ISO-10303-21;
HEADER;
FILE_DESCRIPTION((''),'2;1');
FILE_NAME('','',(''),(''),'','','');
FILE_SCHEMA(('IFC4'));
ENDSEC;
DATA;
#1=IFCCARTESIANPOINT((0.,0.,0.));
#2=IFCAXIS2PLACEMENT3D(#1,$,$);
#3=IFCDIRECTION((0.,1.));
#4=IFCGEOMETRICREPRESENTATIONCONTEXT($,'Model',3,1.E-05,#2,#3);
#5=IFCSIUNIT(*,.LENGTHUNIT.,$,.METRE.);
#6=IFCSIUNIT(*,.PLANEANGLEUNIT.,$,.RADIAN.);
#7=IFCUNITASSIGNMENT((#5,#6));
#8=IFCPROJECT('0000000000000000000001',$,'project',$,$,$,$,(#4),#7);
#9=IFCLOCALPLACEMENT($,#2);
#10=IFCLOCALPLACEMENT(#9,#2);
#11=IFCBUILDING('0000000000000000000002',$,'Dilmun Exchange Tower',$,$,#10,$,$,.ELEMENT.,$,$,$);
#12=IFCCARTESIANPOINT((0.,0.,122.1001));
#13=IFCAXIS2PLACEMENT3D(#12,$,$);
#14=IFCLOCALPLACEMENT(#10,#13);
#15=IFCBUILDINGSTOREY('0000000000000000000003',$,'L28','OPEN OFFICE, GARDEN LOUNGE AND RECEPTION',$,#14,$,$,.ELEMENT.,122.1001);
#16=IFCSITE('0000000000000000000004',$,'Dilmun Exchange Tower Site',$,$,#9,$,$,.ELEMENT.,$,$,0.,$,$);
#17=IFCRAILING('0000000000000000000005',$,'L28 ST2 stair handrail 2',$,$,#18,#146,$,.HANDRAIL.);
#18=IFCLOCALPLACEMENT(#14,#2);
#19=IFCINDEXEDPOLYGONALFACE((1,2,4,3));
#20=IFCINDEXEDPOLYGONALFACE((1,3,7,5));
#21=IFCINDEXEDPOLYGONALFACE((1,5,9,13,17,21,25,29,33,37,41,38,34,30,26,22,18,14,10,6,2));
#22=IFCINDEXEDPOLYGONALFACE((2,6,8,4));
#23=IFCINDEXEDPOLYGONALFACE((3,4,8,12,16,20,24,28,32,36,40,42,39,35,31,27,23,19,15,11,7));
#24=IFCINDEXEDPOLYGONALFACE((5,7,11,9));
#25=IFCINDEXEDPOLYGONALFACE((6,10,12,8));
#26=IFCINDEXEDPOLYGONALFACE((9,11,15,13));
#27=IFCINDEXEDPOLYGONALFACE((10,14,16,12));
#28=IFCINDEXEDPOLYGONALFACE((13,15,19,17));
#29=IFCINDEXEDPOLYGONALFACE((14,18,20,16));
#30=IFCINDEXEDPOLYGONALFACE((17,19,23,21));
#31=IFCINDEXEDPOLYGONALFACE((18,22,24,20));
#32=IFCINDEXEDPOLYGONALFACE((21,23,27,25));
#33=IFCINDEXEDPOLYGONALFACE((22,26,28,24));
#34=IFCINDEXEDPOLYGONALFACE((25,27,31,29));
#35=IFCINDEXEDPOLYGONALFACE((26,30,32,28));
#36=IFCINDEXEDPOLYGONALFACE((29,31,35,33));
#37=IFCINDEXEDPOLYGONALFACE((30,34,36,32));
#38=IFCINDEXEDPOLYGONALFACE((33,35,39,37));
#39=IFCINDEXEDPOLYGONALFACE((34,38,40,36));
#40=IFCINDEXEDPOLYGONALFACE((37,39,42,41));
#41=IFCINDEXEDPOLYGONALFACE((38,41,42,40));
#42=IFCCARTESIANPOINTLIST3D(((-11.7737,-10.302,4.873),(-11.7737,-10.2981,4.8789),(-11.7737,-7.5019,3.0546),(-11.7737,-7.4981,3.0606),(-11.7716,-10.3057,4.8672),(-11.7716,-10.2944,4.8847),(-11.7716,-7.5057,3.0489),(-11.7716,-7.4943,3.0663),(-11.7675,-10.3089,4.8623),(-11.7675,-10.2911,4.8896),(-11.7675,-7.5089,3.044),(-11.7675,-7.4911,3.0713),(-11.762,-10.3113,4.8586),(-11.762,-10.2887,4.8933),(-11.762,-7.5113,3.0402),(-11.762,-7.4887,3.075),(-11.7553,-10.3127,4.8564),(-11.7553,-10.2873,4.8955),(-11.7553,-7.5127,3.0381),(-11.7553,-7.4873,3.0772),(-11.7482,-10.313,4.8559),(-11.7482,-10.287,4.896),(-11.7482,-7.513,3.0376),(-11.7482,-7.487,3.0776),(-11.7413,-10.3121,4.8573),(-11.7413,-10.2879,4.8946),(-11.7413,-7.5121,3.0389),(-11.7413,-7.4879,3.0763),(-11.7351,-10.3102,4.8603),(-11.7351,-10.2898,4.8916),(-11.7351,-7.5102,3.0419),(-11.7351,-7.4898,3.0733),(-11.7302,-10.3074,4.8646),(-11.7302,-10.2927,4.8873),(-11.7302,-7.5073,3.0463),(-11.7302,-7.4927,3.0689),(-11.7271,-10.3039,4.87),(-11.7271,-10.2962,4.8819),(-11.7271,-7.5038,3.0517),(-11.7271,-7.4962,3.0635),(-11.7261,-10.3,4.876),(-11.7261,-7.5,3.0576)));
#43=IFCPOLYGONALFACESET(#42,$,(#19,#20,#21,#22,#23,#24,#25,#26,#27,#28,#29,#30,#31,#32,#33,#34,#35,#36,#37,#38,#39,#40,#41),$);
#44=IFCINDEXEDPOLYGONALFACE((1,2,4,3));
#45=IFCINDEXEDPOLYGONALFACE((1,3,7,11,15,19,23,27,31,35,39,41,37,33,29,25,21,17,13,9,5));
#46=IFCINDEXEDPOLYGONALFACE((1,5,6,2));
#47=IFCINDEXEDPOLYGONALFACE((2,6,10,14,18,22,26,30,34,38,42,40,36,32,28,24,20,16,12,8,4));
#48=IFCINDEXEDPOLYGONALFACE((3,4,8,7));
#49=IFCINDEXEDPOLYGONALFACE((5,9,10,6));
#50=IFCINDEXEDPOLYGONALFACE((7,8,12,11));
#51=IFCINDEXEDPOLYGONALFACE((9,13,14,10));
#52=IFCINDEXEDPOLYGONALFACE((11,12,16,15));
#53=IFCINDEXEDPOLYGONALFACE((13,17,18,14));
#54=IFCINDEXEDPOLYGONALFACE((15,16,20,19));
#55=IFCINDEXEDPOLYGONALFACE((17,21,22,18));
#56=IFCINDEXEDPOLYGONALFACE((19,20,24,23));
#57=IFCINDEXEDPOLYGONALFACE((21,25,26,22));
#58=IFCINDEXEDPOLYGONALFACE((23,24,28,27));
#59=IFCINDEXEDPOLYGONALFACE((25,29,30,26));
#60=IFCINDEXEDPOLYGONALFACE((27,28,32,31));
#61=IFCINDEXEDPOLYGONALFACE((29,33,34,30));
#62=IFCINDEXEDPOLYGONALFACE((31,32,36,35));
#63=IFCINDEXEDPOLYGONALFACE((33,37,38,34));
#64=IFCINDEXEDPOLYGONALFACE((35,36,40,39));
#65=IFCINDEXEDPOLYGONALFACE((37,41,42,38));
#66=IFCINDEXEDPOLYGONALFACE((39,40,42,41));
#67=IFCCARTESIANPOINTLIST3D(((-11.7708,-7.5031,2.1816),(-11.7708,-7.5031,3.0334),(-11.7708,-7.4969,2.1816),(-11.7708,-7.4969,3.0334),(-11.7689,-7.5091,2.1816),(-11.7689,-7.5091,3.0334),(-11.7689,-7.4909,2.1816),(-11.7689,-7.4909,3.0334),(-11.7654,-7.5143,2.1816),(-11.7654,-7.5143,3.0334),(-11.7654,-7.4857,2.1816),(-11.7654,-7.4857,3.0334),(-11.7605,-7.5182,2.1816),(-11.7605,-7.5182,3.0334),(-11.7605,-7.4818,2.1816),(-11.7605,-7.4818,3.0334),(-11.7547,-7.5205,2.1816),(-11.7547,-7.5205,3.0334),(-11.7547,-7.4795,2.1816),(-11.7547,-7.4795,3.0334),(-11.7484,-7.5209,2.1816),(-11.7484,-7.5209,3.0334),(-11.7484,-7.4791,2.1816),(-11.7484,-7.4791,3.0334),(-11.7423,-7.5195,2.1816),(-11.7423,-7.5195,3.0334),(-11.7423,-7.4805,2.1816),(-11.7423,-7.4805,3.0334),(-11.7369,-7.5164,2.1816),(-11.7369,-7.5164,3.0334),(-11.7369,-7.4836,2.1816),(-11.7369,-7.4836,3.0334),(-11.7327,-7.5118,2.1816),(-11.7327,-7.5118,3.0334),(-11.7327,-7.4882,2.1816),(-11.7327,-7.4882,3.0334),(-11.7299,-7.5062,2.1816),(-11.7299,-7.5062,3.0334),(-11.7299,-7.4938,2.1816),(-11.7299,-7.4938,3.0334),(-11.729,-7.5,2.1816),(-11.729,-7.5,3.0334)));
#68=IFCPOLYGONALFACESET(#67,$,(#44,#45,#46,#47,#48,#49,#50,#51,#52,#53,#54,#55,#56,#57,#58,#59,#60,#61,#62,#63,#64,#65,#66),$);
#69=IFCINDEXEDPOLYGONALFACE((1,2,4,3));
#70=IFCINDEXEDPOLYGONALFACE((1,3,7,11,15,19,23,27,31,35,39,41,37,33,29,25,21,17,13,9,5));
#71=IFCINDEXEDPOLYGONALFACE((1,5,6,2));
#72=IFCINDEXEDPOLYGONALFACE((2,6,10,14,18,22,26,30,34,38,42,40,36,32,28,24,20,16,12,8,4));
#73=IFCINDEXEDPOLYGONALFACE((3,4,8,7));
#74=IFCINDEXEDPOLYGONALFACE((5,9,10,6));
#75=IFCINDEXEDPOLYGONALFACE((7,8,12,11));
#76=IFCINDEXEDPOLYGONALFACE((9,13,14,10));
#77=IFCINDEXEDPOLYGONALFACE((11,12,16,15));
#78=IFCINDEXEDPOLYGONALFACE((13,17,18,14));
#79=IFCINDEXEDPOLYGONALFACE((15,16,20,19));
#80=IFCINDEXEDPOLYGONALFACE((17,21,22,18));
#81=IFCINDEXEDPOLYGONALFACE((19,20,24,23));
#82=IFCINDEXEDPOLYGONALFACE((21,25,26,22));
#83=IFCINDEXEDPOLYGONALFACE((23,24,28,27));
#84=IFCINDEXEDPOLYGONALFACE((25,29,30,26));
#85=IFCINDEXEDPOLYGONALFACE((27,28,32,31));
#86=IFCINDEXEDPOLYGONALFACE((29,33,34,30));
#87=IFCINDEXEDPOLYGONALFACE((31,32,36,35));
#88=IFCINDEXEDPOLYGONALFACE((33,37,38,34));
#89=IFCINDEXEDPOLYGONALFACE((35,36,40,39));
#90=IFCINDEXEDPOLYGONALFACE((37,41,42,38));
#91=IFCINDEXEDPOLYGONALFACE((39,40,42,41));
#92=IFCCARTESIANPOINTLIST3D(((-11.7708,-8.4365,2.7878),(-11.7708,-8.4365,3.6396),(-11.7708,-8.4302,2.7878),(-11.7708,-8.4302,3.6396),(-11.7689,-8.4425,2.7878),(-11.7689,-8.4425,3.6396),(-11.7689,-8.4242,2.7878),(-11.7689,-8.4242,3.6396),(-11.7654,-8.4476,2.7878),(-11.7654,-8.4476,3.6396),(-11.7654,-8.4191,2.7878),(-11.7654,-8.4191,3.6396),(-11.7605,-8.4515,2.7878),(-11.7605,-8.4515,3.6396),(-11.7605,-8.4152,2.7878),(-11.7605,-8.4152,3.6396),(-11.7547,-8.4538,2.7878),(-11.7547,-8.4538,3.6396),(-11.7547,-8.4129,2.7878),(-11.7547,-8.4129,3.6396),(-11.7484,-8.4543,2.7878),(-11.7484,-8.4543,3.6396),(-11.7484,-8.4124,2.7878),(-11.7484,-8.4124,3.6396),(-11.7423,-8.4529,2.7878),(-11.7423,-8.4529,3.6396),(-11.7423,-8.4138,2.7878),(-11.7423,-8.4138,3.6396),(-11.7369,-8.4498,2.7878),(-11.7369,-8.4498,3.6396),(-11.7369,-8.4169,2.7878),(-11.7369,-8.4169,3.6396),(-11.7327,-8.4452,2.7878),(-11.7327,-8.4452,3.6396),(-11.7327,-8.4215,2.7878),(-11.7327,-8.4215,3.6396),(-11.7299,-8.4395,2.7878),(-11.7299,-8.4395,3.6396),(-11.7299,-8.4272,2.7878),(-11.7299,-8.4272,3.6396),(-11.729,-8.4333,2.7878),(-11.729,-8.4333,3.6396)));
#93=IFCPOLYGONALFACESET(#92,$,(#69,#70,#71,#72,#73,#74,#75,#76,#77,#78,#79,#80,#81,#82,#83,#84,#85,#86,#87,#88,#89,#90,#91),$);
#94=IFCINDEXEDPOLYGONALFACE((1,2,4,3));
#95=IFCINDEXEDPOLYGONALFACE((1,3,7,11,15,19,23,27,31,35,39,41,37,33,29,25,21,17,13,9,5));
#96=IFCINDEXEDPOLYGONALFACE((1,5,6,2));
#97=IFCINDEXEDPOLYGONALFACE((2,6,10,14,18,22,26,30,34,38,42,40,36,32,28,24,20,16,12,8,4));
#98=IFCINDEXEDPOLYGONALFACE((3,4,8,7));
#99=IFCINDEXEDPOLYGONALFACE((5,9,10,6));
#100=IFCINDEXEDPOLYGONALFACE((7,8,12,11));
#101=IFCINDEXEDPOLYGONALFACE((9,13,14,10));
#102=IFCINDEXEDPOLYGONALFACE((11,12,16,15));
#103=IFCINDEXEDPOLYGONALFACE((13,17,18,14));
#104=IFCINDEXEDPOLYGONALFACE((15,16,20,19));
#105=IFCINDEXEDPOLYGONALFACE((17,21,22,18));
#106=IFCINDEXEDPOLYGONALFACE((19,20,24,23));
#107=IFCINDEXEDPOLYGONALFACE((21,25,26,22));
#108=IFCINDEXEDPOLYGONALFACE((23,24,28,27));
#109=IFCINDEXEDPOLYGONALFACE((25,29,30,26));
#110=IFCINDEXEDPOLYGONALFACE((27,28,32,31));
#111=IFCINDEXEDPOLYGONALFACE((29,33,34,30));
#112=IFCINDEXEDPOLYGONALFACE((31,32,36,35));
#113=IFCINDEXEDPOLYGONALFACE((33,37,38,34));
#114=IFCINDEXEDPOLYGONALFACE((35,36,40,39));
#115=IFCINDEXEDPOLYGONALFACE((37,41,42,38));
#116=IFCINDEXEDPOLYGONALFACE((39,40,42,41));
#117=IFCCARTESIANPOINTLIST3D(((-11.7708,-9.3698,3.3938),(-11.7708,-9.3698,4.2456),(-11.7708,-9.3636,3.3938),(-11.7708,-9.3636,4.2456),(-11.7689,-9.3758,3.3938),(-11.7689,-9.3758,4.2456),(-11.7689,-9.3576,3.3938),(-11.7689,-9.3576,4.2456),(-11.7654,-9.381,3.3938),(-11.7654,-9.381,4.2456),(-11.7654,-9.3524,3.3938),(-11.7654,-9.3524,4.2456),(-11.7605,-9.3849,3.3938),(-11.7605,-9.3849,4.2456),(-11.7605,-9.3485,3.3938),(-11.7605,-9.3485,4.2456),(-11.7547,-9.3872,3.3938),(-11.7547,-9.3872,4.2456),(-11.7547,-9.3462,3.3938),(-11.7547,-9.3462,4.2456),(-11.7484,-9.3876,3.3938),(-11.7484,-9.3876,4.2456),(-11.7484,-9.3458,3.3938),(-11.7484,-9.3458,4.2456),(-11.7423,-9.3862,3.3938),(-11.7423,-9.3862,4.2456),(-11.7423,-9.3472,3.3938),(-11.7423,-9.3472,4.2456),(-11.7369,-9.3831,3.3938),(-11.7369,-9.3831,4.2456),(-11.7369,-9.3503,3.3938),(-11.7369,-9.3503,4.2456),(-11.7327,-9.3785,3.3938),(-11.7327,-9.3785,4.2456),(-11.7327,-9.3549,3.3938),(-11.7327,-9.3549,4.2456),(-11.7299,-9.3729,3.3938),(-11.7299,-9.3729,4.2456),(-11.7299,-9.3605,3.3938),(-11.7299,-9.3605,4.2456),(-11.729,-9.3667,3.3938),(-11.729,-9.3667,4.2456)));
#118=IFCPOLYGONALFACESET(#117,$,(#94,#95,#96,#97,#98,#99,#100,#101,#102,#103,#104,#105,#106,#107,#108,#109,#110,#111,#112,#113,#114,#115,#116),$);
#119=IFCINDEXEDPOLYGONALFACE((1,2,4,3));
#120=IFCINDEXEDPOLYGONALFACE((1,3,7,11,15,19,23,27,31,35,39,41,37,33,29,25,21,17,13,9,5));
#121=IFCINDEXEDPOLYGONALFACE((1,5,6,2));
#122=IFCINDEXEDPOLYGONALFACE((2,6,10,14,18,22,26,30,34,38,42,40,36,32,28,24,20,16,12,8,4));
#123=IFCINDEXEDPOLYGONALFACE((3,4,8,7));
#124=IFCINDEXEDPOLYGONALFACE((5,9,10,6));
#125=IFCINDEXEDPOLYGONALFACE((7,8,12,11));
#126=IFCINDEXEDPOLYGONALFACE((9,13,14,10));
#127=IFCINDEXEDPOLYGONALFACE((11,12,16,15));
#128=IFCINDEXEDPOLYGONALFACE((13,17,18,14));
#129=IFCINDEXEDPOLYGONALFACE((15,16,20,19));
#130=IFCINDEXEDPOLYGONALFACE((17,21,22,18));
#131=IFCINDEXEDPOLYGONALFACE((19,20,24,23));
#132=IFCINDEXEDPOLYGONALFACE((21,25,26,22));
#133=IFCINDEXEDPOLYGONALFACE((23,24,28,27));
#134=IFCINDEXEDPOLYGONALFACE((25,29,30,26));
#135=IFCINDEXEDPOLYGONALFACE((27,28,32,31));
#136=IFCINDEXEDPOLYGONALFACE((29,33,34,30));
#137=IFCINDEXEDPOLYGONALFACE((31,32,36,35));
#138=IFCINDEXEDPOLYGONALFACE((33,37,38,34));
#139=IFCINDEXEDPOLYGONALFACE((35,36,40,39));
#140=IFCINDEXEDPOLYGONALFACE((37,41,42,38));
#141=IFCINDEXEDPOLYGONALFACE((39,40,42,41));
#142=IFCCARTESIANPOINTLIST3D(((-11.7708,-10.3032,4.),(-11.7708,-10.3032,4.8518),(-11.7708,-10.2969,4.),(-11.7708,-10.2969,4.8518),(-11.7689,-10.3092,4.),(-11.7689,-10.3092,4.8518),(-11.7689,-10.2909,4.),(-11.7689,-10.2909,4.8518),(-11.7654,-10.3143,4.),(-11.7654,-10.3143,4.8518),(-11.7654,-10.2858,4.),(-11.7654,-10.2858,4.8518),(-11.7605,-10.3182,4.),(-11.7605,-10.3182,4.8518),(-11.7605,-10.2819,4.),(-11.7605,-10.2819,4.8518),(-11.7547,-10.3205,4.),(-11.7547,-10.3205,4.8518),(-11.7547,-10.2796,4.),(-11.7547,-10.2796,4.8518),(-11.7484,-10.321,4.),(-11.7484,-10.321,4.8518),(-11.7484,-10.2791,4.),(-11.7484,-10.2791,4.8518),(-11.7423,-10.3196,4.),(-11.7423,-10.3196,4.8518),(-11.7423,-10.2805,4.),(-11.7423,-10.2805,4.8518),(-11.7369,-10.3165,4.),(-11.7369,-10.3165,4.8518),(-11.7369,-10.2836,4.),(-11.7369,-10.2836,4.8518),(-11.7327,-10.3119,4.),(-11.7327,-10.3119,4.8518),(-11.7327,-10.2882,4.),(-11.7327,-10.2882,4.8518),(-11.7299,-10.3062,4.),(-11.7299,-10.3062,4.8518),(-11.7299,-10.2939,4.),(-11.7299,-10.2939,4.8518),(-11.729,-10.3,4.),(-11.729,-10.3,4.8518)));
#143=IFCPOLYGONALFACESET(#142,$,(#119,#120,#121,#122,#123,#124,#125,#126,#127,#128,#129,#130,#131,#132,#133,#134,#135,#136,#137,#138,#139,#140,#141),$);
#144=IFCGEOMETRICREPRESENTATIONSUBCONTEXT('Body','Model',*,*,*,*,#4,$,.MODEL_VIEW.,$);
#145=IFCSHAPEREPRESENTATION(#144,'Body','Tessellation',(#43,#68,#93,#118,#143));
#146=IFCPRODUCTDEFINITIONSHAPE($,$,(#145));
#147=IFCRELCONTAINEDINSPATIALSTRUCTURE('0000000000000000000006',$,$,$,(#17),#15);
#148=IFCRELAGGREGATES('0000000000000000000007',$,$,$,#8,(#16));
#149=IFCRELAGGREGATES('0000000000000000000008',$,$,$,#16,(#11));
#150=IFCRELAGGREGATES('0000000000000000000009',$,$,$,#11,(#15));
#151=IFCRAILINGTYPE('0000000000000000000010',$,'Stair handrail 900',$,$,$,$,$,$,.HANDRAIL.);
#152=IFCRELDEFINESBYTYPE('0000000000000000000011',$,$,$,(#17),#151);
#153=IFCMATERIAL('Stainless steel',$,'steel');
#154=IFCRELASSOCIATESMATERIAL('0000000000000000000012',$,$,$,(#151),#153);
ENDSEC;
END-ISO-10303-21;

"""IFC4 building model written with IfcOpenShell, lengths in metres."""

from ifc_helpers import new_model, si_unit, direction, frame, origin, origin_2d, place, context, subcontext, project, spatial, circle, extrude, material, type_object, element, save


model = new_model("IFC4")

# Units and contexts
model_context = context("Model", 3, precision=1e-05, world=origin(), true_north=direction((0.0, 1.0)))
body_context = subcontext(model_context, "Body", "Model", "MODEL_VIEW")
ifc_project = project(units=[si_unit("LENGTHUNIT", "METRE"), si_unit("PLANEANGLEUNIT", "RADIAN")], contexts=[model_context])

# Site, building, storey
site_placement = place(None, origin())
site = spatial("IfcSite", under=ifc_project, at=site_placement, Name="Dilmun Exchange Tower Site", CompositionType="ELEMENT", RefElevation=0.0)
building_placement = place(site_placement, origin())
building = spatial("IfcBuilding", under=site, at=building_placement, Name="Dilmun Exchange Tower", CompositionType="ELEMENT")
storey_placement = place(building_placement, frame((0.0, 0.0, 122.1001)))
storey = spatial("IfcBuildingStorey", under=building, at=storey_placement, Name="L28", Description="OPEN OFFICE, GARDEN LOUNGE AND RECEPTION", CompositionType="ELEMENT", Elevation=122.1001)

# Railing
ifc_material_1 = material(Name="Stainless steel", Category="steel")
railing_type = type_object("IfcRailingType", Name="Stair handrail 900", PredefinedType="HANDRAIL", material=ifc_material_1)
railing_1_placement = place(storey_placement, frame((-11.75, -7.5, 2.1816)))
element("IfcRailing", 1, at=railing_1_placement, inside=storey, type_object=railing_type, Name="L28 ST2 stair handrail 2", PredefinedType="HANDRAIL", context=body_context, shape_type="SweptSolid", body=[
    extrude(circle(Radius=0.0239, at=origin_2d()), frame((0.0, 0.0, 0.876), z_axis=(0.0, -0.838672, 0.544636), x_axis=(1.0, 0.0, 0.0)), (0.0, 0.0, 1.0), 3.3386),
    extrude(circle(Radius=0.021, at=origin_2d()), origin(), (0.0, 0.0, 1.0), 0.8518),
    extrude(circle(Radius=0.021, at=origin_2d()), frame((0.0, -0.9333, 0.6062)), (0.0, 0.0, 1.0), 0.8518),
    extrude(circle(Radius=0.021, at=origin_2d()), frame((0.0, -1.8667, 1.2122)), (0.0, 0.0, 1.0), 0.8518),
    extrude(circle(Radius=0.021, at=origin_2d()), frame((0.0, -2.8, 1.8184)), (0.0, 0.0, 1.0), 0.8518),
])

save(model, "model.ifc")
